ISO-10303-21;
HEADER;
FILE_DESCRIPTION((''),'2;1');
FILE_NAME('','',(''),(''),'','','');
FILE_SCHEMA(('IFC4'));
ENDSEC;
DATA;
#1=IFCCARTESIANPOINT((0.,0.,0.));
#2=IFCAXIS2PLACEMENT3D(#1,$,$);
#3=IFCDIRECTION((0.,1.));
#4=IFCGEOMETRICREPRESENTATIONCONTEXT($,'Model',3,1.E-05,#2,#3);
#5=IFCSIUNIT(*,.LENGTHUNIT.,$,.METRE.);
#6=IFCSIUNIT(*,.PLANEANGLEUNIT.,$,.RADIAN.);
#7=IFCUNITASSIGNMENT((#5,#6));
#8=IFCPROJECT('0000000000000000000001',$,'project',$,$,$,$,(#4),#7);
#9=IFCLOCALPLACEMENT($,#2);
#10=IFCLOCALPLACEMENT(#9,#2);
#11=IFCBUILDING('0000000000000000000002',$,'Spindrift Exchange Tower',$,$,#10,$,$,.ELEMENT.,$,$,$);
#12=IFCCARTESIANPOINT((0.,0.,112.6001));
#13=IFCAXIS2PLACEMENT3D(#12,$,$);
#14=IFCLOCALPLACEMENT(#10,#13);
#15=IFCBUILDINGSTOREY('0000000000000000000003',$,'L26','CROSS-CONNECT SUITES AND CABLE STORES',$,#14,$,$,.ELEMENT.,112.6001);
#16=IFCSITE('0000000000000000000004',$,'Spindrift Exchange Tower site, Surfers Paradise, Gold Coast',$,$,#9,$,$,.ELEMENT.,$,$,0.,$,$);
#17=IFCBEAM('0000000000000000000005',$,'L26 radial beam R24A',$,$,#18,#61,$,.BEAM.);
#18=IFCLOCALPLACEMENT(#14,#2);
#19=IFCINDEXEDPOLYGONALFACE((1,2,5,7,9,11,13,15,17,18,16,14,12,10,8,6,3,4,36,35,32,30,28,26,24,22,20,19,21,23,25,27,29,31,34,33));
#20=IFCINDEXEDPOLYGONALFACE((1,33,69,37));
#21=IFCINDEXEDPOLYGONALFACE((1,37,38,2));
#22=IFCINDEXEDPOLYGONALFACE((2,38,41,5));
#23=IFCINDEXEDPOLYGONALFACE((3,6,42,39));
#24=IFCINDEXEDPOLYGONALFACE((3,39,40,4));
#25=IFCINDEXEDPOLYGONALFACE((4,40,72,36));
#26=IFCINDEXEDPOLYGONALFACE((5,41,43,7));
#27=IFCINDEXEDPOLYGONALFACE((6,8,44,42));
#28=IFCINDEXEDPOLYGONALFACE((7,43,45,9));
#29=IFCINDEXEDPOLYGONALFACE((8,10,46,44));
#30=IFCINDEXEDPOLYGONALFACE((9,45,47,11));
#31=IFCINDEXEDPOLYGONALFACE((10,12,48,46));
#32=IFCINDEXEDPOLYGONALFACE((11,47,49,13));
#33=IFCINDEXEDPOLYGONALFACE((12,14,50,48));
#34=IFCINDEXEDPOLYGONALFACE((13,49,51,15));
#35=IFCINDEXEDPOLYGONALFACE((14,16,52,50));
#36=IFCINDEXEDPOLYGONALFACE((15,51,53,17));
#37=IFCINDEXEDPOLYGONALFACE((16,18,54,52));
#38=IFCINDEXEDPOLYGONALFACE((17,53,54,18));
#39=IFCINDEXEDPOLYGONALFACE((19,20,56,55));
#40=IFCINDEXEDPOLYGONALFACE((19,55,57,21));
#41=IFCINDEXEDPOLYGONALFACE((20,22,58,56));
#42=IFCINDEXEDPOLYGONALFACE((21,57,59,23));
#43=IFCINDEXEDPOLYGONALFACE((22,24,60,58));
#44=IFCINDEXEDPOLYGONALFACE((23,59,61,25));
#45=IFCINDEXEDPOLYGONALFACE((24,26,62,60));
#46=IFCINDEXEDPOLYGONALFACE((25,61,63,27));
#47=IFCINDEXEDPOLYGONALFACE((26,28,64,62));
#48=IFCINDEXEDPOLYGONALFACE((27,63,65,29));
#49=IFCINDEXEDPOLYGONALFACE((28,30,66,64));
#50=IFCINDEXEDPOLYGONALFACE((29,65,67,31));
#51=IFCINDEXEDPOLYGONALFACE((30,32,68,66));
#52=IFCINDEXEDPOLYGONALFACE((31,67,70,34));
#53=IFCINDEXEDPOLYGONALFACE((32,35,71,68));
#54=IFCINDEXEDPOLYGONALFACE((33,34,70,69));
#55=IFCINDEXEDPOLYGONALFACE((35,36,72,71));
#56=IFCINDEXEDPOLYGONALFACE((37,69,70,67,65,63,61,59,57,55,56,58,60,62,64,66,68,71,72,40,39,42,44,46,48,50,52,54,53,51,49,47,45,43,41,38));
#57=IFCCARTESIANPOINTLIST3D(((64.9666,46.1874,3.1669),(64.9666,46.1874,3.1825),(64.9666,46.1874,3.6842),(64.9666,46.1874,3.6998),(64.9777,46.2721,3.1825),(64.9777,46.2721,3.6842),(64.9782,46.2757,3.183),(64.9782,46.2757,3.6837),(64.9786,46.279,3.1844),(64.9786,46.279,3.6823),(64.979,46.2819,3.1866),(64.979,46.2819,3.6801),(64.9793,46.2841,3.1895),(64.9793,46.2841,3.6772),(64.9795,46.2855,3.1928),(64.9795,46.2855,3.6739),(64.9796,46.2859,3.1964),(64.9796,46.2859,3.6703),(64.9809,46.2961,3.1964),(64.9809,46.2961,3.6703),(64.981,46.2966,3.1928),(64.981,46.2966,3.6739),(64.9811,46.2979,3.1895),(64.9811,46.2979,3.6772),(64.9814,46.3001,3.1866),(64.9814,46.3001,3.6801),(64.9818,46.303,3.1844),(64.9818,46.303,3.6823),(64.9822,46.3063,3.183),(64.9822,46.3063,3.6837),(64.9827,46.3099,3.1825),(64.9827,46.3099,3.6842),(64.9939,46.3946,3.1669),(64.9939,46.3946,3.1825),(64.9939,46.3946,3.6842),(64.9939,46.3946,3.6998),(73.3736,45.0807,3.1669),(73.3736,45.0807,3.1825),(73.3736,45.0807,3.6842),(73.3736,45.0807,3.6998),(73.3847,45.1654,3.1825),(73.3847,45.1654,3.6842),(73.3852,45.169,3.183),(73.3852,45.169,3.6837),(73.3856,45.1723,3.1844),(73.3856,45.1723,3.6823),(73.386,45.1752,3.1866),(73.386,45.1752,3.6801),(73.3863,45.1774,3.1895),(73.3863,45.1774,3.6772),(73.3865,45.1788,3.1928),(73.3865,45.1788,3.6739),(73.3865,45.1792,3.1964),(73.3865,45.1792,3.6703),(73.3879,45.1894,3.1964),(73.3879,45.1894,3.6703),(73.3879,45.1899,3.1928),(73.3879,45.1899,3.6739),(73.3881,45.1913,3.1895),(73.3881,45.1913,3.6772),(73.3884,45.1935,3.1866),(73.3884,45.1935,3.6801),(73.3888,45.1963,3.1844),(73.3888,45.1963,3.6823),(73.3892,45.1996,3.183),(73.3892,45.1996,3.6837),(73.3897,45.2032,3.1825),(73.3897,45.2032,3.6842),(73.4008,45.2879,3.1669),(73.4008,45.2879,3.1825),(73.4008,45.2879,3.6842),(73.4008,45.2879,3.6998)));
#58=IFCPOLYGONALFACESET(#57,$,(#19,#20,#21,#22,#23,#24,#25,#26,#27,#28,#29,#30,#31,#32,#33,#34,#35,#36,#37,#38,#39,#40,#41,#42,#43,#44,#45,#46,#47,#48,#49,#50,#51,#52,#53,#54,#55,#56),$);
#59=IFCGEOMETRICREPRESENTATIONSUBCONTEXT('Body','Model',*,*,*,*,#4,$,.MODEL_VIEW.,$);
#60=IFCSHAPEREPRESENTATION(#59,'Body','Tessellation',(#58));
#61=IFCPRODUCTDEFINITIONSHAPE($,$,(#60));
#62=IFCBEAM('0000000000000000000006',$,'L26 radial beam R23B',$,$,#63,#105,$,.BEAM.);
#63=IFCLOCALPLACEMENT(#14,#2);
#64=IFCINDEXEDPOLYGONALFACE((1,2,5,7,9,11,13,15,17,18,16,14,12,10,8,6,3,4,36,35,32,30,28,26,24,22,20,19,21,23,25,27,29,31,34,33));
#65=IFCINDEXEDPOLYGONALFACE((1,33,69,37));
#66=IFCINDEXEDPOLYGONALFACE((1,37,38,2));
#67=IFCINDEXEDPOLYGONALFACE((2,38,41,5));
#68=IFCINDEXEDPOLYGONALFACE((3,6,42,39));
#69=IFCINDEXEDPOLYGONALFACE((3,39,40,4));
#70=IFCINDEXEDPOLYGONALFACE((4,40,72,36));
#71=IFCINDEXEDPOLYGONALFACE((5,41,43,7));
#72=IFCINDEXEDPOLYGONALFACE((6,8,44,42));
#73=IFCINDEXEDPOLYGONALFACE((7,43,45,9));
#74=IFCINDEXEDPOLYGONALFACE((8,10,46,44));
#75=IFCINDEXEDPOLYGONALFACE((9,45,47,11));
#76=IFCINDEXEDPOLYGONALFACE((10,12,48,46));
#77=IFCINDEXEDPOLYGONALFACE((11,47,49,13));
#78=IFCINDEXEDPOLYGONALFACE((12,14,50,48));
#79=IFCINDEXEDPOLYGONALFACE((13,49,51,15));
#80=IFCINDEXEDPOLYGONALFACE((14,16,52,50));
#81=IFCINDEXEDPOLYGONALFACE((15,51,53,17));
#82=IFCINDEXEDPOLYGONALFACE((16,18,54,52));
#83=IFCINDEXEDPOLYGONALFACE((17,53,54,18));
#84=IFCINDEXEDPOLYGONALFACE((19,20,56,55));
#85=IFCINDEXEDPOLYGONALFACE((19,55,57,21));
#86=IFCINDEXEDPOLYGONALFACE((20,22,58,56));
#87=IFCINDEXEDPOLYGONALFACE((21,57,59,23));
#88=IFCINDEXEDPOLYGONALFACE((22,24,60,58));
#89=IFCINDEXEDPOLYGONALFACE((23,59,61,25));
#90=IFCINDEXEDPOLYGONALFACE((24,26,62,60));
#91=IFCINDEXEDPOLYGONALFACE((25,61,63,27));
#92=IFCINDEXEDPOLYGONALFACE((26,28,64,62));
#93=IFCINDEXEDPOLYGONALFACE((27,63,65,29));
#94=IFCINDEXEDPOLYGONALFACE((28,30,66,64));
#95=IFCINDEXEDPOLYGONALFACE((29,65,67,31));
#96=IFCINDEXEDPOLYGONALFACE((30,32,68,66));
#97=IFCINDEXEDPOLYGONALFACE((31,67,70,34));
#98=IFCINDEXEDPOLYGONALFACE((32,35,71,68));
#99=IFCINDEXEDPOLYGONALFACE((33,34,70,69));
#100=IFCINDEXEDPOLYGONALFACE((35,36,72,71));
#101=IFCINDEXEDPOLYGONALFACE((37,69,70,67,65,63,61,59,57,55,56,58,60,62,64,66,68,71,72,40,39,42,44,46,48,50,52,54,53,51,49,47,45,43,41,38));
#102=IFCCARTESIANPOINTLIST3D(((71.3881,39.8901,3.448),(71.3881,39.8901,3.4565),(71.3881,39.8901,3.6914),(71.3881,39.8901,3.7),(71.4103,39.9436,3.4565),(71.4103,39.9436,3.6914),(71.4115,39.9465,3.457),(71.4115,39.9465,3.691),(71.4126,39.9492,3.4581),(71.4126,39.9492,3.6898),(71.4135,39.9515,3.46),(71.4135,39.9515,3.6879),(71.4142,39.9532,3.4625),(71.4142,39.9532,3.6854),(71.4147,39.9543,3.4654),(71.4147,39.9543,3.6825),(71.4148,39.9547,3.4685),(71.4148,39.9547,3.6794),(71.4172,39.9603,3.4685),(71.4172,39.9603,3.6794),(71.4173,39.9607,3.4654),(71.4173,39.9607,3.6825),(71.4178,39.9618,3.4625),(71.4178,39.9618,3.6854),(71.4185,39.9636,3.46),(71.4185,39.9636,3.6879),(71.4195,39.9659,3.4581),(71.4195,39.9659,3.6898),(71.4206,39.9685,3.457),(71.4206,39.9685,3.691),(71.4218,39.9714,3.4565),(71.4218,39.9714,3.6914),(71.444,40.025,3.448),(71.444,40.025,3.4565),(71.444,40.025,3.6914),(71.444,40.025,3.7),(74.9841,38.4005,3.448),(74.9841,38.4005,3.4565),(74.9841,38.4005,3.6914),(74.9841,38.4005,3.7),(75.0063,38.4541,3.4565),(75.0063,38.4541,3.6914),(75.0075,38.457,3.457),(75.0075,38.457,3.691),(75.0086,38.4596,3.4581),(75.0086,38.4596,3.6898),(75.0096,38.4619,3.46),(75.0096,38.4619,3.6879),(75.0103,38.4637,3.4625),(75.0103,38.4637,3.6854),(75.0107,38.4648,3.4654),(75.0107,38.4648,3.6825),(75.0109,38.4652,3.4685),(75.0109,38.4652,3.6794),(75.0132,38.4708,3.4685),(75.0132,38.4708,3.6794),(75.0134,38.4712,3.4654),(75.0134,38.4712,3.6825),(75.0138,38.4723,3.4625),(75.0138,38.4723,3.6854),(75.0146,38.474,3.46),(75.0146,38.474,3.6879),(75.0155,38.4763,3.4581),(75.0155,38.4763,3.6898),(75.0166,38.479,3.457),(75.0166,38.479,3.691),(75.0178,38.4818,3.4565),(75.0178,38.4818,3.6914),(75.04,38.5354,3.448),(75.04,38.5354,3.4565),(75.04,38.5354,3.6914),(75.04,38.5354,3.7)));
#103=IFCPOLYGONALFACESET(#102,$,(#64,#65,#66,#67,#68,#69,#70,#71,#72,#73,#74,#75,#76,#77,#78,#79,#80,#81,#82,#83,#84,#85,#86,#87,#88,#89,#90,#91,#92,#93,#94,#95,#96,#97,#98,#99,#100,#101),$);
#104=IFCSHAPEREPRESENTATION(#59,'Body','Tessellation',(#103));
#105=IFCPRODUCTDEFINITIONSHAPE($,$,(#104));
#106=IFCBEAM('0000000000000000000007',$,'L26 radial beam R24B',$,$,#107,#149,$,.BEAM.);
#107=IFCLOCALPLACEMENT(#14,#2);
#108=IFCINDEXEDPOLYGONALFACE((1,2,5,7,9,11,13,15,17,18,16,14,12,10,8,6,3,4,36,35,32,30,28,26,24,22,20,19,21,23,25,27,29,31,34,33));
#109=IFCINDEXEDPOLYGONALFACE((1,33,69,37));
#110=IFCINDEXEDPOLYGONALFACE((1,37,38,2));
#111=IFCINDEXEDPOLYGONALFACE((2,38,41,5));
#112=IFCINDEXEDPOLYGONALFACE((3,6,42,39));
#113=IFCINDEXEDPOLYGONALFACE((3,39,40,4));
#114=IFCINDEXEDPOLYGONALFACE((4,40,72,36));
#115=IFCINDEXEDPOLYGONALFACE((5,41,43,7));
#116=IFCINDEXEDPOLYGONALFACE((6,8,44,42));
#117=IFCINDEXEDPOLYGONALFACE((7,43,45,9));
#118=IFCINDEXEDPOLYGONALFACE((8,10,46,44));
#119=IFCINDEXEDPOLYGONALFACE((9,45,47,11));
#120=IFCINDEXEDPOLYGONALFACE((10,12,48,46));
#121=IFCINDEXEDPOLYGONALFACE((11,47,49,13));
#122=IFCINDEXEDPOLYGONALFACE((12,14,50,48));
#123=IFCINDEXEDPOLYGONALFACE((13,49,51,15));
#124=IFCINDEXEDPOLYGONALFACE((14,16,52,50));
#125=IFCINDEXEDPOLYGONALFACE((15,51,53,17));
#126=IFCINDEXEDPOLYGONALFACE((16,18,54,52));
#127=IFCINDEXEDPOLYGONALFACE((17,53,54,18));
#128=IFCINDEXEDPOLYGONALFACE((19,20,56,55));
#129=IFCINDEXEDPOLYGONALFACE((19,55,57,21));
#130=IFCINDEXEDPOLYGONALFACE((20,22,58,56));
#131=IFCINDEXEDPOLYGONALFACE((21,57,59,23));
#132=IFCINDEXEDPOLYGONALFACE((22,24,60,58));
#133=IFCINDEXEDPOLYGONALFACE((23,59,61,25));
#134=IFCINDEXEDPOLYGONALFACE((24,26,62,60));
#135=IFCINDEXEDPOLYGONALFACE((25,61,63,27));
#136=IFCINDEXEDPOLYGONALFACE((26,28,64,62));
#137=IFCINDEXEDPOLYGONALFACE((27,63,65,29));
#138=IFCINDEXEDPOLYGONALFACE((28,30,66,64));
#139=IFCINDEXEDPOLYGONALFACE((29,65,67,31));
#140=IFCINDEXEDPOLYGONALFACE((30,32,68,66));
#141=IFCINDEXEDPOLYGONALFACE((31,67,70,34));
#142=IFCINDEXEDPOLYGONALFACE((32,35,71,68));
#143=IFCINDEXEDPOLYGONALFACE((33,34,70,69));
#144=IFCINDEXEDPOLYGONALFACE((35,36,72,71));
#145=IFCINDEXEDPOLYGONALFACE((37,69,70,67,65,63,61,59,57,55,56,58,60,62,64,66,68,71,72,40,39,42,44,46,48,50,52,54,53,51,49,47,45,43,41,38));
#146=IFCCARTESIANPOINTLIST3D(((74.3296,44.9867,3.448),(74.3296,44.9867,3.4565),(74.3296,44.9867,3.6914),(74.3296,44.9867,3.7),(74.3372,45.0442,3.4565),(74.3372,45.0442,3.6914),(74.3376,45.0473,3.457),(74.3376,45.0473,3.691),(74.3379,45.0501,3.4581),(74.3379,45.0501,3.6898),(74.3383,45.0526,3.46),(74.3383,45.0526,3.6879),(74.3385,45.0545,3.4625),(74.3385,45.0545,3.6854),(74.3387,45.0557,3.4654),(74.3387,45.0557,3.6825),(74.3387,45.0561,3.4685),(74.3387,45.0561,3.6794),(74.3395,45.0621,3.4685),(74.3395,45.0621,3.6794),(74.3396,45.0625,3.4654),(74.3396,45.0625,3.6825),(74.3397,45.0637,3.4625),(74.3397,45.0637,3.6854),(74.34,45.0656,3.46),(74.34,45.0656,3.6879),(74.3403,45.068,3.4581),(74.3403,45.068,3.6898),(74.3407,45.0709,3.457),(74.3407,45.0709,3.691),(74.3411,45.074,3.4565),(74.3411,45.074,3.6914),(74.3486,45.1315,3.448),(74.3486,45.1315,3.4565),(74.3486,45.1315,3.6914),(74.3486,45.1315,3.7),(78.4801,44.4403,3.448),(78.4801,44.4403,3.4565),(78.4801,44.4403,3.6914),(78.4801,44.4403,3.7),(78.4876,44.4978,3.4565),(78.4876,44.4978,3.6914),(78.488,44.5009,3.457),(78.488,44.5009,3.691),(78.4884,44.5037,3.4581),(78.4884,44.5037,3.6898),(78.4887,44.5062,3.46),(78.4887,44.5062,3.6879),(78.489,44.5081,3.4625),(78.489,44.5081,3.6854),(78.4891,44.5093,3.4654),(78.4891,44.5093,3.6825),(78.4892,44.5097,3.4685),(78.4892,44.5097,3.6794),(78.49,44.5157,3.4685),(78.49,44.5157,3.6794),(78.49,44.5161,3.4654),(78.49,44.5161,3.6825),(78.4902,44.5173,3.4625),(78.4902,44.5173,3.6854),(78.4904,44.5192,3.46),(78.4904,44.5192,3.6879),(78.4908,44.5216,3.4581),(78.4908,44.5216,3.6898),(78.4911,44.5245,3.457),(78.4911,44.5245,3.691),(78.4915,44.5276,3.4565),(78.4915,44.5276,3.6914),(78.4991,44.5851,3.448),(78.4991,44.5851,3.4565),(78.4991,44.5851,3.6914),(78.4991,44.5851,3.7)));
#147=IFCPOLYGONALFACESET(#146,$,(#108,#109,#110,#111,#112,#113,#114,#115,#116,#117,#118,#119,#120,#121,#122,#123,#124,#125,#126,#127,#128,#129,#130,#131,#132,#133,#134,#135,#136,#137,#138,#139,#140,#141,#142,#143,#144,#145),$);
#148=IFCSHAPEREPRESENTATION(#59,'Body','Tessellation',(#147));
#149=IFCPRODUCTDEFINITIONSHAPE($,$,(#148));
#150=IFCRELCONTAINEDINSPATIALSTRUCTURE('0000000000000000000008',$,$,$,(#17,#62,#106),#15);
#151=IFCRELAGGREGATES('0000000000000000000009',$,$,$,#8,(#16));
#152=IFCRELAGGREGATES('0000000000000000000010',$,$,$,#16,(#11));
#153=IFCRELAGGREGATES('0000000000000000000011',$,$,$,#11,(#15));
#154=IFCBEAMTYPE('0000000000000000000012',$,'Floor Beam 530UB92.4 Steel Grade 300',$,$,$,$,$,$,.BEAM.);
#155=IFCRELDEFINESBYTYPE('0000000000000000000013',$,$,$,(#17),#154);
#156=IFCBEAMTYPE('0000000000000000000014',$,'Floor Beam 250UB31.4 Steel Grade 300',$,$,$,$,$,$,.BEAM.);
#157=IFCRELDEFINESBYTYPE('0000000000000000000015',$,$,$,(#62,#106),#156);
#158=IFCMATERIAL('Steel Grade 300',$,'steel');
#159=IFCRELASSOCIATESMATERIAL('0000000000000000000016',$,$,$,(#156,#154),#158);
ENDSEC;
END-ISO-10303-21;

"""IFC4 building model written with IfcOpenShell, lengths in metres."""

from ifc_helpers import new_model, si_unit, direction, frame, origin, origin_2d, place, context, subcontext, project, spatial, i_section, extrude, source, transform, mapped, material, material_profile, profile_set, type_object, element, save


model = new_model("IFC4")

# Units and contexts
model_context = context("Model", 3, precision=1e-05, world=origin(), true_north=direction((0.0, 1.0)))
body_context = subcontext(model_context, "Body", "Model", "MODEL_VIEW")
ifc_project = project(units=[si_unit("LENGTHUNIT", "METRE"), si_unit("PLANEANGLEUNIT", "RADIAN")], contexts=[model_context])

# Site, building, storey
site_placement = place(None, origin())
site = spatial("IfcSite", under=ifc_project, at=site_placement, Name="Spindrift Exchange Tower site, Surfers Paradise, Gold Coast", CompositionType="ELEMENT", RefElevation=0.0)
building_placement = place(site_placement, origin())
building = spatial("IfcBuilding", under=site, at=building_placement, Name="Spindrift Exchange Tower", CompositionType="ELEMENT")
storey_placement = place(building_placement, frame((0.0, 0.0, 112.6001)))
storey = spatial("IfcBuildingStorey", under=building, at=storey_placement, Name="L26", Description="CROSS-CONNECT SUITES AND CABLE STORES", CompositionType="ELEMENT", Elevation=112.6001)

# Beams
ifc_material_1 = material(Name="Steel Grade 300", Category="steel")
ifc_material_profile_1 = material_profile(ifc_material_1, i_section(OverallWidth=0.146, OverallDepth=0.252, WebThickness=0.0061, FlangeThickness=0.0085, FilletRadius=0.012, at=origin_2d()), Name="250UB31.4")
ifc_profile_set_1 = profile_set([ifc_material_profile_1], Name="Steel Grade 300")
beam_type_1 = type_object("IfcBeamType", Name="Floor Beam 250UB31.4 Steel Grade 300", PredefinedType="BEAM", material=ifc_profile_set_1)
ifc_material_profile_2 = material_profile(ifc_material_1, i_section(OverallWidth=0.209, OverallDepth=0.533, WebThickness=0.0103, FlangeThickness=0.0156, FilletRadius=0.0139, at=origin_2d()), Name="530UB92.4")
ifc_profile_set_2 = profile_set([ifc_material_profile_2], Name="Steel Grade 300")
beam_type_2 = type_object("IfcBeamType", Name="Floor Beam 530UB92.4 Steel Grade 300", PredefinedType="BEAM", material=ifc_profile_set_2)
shared_shape_1 = source(origin(), body_context, "Body", "SweptSolid", [
    extrude(i_section(OverallWidth=0.209, OverallDepth=0.533, WebThickness=0.0103, FlangeThickness=0.0156, FilletRadius=0.0139, at=origin_2d()), origin(), (0.0, 0.0, 1.0), 8.4795),
])
beam_1_placement = place(storey_placement, frame((64.9802, 46.291, 3.4333), z_axis=(0.991447, -0.130513, 0.0), x_axis=(0.130513, 0.991447, 0.0)))
element("IfcBeam", 1, at=beam_1_placement, inside=storey, type_object=beam_type_2, Name="L26 radial beam R24A", PredefinedType="BEAM", context=body_context, shape_type="MappedRepresentation", body=[
    mapped(shared_shape_1, transform((0.0, 0.0, 0.0), scale=1.0)),
])
shared_shape_2 = source(origin(), body_context, "Body", "SweptSolid", [
    extrude(i_section(OverallWidth=0.146, OverallDepth=0.252, WebThickness=0.0061, FlangeThickness=0.0085, FilletRadius=0.012, at=origin_2d()), origin(), (0.0, 0.0, 1.0), 3.8923),
])
beam_2_placement = place(storey_placement, frame((71.416, 39.9575, 3.574), z_axis=(0.923878, -0.382686, 0.0), x_axis=(0.382686, 0.923878, 0.0)))
element("IfcBeam", 2, at=beam_2_placement, inside=storey, type_object=beam_type_1, Name="L26 radial beam R23B", PredefinedType="BEAM", context=body_context, shape_type="MappedRepresentation", body=[
    mapped(shared_shape_2, transform((0.0, 0.0, 0.0), scale=1.0)),
])
shared_shape_3 = source(origin(), body_context, "Body", "SweptSolid", [
    extrude(i_section(OverallWidth=0.146, OverallDepth=0.252, WebThickness=0.0061, FlangeThickness=0.0085, FilletRadius=0.012, at=origin_2d()), origin(), (0.0, 0.0, 1.0), 4.1863),
])
beam_3_placement = place(storey_placement, frame((74.3391, 45.0591, 3.574), z_axis=(0.991446, -0.130521, 0.0), x_axis=(0.130521, 0.991446, 0.0)))
element("IfcBeam", 3, at=beam_3_placement, inside=storey, type_object=beam_type_1, Name="L26 radial beam R24B", PredefinedType="BEAM", context=body_context, shape_type="MappedRepresentation", body=[
    mapped(shared_shape_3, transform((0.0, 0.0, 0.0), scale=1.0)),
])

save(model, "model.ifc")
